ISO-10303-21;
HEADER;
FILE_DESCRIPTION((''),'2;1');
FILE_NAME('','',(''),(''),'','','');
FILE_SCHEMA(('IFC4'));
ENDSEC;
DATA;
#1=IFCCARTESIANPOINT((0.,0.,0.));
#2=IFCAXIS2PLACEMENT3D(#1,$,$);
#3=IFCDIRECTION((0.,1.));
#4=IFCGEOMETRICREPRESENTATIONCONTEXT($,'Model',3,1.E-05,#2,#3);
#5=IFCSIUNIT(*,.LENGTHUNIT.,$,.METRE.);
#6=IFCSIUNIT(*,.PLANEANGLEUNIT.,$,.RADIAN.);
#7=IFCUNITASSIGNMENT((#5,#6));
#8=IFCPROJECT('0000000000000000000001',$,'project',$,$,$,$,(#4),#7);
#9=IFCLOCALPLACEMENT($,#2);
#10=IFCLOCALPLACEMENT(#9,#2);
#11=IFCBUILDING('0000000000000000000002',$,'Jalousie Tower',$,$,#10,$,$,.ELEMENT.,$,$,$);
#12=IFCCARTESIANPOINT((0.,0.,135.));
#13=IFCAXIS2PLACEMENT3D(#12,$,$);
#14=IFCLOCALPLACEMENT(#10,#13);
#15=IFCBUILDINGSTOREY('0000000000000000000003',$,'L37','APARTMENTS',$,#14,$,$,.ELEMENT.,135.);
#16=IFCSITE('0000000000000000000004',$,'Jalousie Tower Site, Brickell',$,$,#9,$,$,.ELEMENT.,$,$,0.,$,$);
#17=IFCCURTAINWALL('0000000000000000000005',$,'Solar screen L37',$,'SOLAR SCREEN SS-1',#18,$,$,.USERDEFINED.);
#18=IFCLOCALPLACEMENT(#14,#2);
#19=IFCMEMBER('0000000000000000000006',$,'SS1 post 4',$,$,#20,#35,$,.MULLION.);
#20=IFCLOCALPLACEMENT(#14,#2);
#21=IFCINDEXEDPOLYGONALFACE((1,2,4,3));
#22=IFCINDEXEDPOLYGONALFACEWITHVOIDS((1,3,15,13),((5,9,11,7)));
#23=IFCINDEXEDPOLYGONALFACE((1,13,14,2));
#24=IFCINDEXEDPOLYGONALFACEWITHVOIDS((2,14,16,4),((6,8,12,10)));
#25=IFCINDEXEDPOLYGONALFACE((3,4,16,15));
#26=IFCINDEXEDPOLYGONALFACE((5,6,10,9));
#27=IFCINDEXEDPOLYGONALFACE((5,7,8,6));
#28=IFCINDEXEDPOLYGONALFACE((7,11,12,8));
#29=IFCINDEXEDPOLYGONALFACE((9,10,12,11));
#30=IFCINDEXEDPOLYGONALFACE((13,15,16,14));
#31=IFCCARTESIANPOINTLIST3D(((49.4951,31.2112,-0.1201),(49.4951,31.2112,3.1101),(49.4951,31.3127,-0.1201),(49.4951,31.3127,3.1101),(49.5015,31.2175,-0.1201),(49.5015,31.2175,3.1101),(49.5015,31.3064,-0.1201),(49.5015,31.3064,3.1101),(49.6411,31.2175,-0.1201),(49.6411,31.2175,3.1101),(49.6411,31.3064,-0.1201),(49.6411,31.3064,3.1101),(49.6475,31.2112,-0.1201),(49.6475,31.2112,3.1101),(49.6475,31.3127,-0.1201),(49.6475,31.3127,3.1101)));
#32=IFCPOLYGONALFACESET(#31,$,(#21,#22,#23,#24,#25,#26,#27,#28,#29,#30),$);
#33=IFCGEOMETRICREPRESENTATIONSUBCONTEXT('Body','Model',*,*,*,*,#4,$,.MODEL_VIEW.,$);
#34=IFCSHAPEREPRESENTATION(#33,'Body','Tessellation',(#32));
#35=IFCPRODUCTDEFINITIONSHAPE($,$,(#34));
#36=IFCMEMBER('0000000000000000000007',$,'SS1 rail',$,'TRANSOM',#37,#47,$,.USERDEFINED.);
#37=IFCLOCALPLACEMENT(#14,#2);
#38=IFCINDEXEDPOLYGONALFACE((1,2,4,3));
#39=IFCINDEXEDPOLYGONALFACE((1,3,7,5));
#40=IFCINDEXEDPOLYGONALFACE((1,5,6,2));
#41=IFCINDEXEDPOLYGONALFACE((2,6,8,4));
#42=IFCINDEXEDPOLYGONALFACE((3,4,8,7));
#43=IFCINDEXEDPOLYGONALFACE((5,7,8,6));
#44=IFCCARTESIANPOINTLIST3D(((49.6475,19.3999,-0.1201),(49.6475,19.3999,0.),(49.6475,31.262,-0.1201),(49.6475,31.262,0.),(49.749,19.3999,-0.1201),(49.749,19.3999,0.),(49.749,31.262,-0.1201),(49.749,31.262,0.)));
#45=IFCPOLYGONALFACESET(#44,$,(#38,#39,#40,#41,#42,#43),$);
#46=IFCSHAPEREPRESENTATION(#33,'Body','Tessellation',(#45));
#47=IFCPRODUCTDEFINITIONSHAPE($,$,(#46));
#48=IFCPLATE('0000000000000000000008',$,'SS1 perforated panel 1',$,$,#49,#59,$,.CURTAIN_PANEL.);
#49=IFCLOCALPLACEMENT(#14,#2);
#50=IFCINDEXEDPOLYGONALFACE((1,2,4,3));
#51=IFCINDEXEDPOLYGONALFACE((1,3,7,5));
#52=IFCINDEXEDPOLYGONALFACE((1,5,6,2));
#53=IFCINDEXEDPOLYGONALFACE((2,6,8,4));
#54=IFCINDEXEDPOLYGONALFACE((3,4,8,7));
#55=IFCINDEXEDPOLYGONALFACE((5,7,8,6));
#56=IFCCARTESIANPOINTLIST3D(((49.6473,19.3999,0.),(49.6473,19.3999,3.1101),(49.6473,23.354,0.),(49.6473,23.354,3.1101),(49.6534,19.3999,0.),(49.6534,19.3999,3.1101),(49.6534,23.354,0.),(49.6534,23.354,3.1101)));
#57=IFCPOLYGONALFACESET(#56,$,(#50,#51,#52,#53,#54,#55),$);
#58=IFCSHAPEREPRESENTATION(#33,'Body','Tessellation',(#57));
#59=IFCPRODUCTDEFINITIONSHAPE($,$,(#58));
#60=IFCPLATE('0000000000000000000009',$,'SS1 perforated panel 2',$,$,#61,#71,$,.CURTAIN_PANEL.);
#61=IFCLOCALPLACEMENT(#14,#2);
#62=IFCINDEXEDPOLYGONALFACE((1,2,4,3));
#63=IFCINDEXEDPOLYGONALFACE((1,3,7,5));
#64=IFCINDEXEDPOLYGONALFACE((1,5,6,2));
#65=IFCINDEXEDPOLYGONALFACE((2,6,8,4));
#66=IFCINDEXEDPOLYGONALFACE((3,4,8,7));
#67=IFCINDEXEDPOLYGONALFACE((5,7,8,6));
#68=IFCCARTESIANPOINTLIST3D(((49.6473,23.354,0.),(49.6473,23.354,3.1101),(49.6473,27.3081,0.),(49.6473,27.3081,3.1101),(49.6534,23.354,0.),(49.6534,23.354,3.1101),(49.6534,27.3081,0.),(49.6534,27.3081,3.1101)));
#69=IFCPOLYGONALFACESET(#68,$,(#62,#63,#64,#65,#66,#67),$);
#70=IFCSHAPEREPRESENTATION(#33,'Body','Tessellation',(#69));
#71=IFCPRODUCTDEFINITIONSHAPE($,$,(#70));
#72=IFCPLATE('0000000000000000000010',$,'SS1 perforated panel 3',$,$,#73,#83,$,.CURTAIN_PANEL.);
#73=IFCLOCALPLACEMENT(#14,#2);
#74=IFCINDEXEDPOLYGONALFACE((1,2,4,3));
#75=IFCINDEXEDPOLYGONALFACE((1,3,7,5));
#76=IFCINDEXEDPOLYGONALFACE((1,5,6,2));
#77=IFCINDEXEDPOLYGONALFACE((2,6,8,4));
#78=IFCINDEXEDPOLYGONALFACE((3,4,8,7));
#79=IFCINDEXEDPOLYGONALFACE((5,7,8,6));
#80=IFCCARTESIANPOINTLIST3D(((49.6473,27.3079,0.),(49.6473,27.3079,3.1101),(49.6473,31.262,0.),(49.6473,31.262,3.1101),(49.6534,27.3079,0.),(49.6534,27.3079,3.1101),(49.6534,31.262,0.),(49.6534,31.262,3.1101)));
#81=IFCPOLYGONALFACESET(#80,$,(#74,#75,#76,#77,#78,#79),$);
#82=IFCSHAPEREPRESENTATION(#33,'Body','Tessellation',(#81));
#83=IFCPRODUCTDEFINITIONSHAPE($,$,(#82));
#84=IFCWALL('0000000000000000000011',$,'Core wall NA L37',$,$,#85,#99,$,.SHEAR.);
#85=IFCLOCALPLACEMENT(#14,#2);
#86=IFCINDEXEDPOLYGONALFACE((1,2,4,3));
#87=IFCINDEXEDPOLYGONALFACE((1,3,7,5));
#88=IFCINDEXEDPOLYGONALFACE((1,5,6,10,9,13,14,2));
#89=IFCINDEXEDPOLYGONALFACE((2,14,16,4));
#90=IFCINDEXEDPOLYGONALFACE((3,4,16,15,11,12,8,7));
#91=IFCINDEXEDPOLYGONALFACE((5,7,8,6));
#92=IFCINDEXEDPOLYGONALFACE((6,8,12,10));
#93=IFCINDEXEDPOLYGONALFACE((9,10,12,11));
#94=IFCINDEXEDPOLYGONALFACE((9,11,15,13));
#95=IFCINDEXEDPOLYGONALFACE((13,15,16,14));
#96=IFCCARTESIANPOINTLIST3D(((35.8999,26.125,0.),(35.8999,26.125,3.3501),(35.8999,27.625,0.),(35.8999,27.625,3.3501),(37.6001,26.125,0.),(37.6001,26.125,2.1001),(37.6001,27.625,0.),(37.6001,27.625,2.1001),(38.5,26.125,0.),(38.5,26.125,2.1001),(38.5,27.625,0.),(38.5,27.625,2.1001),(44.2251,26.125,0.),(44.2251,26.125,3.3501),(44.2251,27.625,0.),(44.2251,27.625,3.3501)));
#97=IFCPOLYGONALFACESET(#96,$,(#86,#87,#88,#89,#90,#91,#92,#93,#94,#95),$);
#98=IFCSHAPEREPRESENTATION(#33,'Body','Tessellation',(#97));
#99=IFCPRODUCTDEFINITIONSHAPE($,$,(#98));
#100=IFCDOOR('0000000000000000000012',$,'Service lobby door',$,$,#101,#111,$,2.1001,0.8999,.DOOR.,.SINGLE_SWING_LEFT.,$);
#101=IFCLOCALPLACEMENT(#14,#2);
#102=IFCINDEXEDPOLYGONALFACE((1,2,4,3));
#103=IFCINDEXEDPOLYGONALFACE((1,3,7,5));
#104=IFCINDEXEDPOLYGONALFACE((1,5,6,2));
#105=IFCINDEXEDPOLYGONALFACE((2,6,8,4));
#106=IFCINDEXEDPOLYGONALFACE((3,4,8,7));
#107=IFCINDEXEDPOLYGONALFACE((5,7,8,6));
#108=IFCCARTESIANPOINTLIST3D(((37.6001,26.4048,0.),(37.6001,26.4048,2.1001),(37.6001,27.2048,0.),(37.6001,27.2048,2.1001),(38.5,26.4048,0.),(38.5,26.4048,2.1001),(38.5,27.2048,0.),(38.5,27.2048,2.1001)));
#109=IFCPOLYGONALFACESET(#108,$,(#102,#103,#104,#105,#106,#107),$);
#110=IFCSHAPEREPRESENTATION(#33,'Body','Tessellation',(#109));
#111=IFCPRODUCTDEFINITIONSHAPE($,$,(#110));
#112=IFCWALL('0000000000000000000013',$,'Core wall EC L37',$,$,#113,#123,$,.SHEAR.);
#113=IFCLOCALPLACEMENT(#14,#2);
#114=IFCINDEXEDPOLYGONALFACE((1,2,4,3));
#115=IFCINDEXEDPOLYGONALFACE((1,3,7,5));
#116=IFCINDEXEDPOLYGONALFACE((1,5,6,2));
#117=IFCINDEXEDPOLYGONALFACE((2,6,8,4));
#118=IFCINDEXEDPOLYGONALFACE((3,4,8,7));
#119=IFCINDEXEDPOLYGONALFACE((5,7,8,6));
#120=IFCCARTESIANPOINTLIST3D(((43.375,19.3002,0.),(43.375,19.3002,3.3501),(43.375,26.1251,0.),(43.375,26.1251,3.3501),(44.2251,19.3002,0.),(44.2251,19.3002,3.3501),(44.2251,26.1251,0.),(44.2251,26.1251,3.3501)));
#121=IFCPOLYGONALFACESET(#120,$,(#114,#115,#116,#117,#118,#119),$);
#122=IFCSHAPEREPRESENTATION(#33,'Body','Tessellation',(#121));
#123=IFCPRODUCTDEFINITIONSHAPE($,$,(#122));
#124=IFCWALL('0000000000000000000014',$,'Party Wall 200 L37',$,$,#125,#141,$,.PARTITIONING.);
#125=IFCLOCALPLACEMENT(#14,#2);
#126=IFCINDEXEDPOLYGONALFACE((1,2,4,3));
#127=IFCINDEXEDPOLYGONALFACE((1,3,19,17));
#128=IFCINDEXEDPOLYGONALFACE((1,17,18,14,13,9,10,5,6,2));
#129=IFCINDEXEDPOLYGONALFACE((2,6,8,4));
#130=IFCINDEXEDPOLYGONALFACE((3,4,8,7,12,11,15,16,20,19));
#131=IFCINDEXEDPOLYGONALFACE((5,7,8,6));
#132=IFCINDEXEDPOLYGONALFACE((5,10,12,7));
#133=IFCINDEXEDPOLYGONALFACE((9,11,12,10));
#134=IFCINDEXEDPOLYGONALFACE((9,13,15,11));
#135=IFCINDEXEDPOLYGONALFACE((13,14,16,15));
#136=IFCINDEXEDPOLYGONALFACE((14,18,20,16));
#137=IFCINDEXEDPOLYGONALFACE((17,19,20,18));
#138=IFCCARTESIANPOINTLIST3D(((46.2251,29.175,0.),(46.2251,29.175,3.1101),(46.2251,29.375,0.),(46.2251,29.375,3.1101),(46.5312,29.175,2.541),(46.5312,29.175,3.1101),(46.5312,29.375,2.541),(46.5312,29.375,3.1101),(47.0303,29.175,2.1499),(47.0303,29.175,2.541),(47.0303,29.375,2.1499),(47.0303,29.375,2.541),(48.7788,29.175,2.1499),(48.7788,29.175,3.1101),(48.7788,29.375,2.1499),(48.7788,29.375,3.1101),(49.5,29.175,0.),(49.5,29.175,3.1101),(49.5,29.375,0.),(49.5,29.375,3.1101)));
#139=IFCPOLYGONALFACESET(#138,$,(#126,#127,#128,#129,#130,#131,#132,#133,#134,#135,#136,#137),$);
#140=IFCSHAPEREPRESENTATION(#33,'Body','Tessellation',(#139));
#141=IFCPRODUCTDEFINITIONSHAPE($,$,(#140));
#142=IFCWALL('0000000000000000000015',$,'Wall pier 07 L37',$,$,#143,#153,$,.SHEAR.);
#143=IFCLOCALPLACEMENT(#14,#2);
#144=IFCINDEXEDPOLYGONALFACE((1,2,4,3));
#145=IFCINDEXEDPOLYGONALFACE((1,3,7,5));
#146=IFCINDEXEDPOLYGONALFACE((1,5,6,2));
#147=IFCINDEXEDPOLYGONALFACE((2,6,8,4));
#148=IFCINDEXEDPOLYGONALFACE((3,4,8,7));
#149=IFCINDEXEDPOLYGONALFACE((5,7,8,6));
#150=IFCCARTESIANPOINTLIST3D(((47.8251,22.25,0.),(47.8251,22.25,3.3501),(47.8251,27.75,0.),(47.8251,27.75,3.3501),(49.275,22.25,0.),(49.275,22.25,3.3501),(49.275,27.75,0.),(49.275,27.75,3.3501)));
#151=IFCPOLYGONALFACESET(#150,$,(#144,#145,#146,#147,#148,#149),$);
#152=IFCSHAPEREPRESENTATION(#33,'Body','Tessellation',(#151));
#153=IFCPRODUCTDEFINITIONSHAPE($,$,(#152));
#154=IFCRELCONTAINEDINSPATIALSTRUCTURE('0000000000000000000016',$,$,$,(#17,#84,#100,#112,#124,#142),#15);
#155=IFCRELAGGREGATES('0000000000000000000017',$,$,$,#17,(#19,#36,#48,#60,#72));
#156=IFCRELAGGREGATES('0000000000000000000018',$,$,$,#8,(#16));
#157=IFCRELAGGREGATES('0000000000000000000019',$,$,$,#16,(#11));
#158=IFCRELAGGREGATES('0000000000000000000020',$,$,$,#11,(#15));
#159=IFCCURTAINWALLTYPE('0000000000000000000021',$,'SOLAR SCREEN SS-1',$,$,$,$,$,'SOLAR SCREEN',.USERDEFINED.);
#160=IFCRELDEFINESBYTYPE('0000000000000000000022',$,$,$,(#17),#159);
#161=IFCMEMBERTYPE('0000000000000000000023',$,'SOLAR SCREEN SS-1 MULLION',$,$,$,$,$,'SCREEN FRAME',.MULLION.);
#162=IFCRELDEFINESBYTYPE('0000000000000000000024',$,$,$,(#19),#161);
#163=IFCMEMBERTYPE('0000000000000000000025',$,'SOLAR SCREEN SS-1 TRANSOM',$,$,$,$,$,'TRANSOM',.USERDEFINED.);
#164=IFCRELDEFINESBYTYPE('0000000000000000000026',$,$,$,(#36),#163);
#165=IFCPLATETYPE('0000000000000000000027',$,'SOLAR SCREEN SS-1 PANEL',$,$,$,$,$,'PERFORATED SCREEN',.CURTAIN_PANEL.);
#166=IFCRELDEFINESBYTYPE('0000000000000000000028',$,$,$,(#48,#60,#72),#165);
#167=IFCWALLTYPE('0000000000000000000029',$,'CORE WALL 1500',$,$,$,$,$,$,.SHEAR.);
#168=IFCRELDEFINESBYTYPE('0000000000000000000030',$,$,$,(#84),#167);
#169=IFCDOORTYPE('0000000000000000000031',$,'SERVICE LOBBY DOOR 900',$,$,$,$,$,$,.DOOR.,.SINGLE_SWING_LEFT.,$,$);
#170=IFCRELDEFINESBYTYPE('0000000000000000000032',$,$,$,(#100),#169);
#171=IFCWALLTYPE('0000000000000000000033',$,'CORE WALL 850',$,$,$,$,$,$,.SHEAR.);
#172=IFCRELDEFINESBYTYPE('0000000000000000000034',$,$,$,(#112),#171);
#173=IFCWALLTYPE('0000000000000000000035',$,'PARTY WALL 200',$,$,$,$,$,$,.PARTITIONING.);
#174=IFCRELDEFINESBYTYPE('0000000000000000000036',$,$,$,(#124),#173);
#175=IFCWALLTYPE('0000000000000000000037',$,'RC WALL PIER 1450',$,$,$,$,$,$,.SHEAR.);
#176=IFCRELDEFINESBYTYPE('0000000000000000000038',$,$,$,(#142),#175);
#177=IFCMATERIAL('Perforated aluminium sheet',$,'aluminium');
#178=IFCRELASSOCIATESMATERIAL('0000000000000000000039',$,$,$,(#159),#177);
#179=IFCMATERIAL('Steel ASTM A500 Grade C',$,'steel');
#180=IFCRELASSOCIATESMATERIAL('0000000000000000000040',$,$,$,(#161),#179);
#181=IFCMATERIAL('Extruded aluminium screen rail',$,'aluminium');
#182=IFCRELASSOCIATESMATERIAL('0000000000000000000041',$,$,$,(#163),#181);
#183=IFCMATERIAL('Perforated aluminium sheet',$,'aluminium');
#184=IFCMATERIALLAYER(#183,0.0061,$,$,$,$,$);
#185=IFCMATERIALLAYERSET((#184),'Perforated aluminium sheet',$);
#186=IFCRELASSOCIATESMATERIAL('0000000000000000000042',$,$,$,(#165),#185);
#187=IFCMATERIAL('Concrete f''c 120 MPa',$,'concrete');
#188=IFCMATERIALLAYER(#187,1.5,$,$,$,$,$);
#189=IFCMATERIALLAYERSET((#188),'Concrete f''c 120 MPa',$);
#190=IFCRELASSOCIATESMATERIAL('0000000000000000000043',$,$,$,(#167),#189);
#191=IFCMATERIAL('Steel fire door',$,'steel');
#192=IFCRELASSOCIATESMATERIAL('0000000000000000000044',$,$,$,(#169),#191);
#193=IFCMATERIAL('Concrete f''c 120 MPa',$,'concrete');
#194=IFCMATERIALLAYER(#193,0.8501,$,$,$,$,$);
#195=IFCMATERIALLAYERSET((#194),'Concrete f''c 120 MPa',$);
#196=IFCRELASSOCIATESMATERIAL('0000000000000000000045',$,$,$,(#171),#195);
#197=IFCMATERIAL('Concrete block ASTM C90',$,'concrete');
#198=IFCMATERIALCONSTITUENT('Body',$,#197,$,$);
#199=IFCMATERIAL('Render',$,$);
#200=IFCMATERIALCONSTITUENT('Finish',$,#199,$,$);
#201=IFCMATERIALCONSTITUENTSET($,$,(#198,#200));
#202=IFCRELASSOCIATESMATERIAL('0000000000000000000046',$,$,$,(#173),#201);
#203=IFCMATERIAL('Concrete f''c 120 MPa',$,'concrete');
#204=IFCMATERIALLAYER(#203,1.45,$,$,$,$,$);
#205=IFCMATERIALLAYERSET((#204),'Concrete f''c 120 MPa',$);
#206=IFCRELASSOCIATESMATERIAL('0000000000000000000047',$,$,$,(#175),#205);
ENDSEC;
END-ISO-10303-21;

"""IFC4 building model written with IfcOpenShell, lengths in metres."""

from ifc_helpers import new_model, si_unit, direction, frame, frame_2d, origin, origin_2d, place, context, subcontext, project, spatial, polyline, rectangle, hollow_rectangle, outline, extrude, material, layer, layer_set, constituent, constituent_set, material_profile, profile_set, type_object, element, fill, aggregate, save


model = new_model("IFC4")

# Units and contexts
model_context = context("Model", 3, precision=1e-05, world=origin(), true_north=direction((0.0, 1.0)))
body_context = subcontext(model_context, "Body", "Model", "MODEL_VIEW")
ifc_project = project(units=[si_unit("LENGTHUNIT", "METRE"), si_unit("PLANEANGLEUNIT", "RADIAN")], contexts=[model_context])

# Site, building, storey
site_placement = place(None, origin())
site = spatial("IfcSite", under=ifc_project, at=site_placement, Name="Jalousie Tower Site, Brickell", CompositionType="ELEMENT", RefElevation=0.0)
building_placement = place(site_placement, origin())
building = spatial("IfcBuilding", under=site, at=building_placement, Name="Jalousie Tower", CompositionType="ELEMENT")
storey_placement = place(building_placement, frame((0.0, 0.0, 135.0)))
storey = spatial("IfcBuildingStorey", under=building, at=storey_placement, Name="L37", Description="APARTMENTS", CompositionType="ELEMENT", Elevation=135.0)

# Shared definitions
ifc_material_1 = material(Name="Perforated aluminium sheet", Category="aluminium")
curtain_wall_type = type_object("IfcCurtainWallType", Name="SOLAR SCREEN SS-1", ElementType="SOLAR SCREEN", PredefinedType="USERDEFINED", material=ifc_material_1)
ifc_material_2 = material(Name="Steel ASTM A500 Grade C", Category="steel")
ifc_material_profile_1 = material_profile(ifc_material_2, hollow_rectangle(XDim=0.1016, YDim=0.1523, WallThickness=0.0063, at=origin_2d()), Name="HSS6X4X1/4")
ifc_profile_set_1 = profile_set([ifc_material_profile_1], Name="Steel ASTM A500 Grade C")
member_type_1 = type_object("IfcMemberType", Name="SOLAR SCREEN SS-1 MULLION", ElementType="SCREEN FRAME", PredefinedType="MULLION", material=ifc_profile_set_1)

# Curtain wall, members, plates
curtain_wall_1_placement = place(storey_placement, origin())
curtain_wall_1 = element("IfcCurtainWall", 1, at=curtain_wall_1_placement, inside=storey, type_object=curtain_wall_type, Name="Solar screen L37", ObjectType="SOLAR SCREEN SS-1", PredefinedType="USERDEFINED")
member_1_placement = place(storey_placement, frame((49.5713, 31.262, -0.1201), z_axis=(0.0, 0.0, 1.0), x_axis=(0.0, 1.0, 0.0)))
member_1 = element("IfcMember", 2, at=member_1_placement, type_object=member_type_1, Name="SS1 post 4", PredefinedType="MULLION", context=body_context, shape_type="SweptSolid", body=[
    extrude(hollow_rectangle(XDim=0.1016, YDim=0.1523, WallThickness=0.0063, at=origin_2d()), origin(), (0.0, 0.0, 1.0), 3.2302),
])
ifc_material_3 = material(Name="Extruded aluminium screen rail", Category="aluminium")
ifc_material_profile_2 = material_profile(ifc_material_3, rectangle(XDim=0.1016, YDim=0.1201, at=origin_2d()), Name="RAIL 102x120")
ifc_profile_set_2 = profile_set([ifc_material_profile_2], Name="Extruded aluminium screen rail")
member_type_2 = type_object("IfcMemberType", Name="SOLAR SCREEN SS-1 TRANSOM", ElementType="TRANSOM", PredefinedType="USERDEFINED", material=ifc_profile_set_2)
member_2_placement = place(storey_placement, frame((49.6982, 19.3999, -0.0601), z_axis=(0.0, 1.0, 0.0), x_axis=(-1.0, 0.0, 0.0)))
member_2 = element("IfcMember", 3, at=member_2_placement, type_object=member_type_2, Name="SS1 rail", ObjectType="TRANSOM", PredefinedType="USERDEFINED", context=body_context, shape_type="SweptSolid", body=[
    extrude(rectangle(XDim=0.1016, YDim=0.1201, at=origin_2d()), origin(), (0.0, 0.0, 1.0), 11.8621),
])
ifc_material_4 = material(Name="Perforated aluminium sheet", Category="aluminium")
ifc_layer_1 = layer(ifc_material_4, 0.0061)
ifc_layer_set_1 = layer_set([ifc_layer_1], Name="Perforated aluminium sheet")
plate_type = type_object("IfcPlateType", Name="SOLAR SCREEN SS-1 PANEL", ElementType="PERFORATED SCREEN", PredefinedType="CURTAIN_PANEL", material=ifc_layer_set_1)
plate_1_placement = place(storey_placement, frame((49.6504, 21.377, 0.0), z_axis=(0.0, 0.0, 1.0), x_axis=(0.0, 1.0, 0.0)))
plate_1 = element("IfcPlate", 4, at=plate_1_placement, type_object=plate_type, Name="SS1 perforated panel 1", PredefinedType="CURTAIN_PANEL", context=body_context, shape_type="SweptSolid", body=[
    extrude(rectangle(XDim=3.9541, YDim=0.0061, at=origin_2d()), origin(), (0.0, 0.0, 1.0), 3.1101),
])
plate_2_placement = place(storey_placement, frame((49.6504, 25.3311, 0.0), z_axis=(0.0, 0.0, 1.0), x_axis=(0.0, 1.0, 0.0)))
plate_2 = element("IfcPlate", 5, at=plate_2_placement, type_object=plate_type, Name="SS1 perforated panel 2", PredefinedType="CURTAIN_PANEL", context=body_context, shape_type="SweptSolid", body=[
    extrude(rectangle(XDim=3.9541, YDim=0.0061, at=origin_2d()), origin(), (0.0, 0.0, 1.0), 3.1101),
])
plate_3_placement = place(storey_placement, frame((49.6504, 29.2849, 0.0), z_axis=(0.0, 0.0, 1.0), x_axis=(0.0, 1.0, 0.0)))
plate_3 = element("IfcPlate", 6, at=plate_3_placement, type_object=plate_type, Name="SS1 perforated panel 3", PredefinedType="CURTAIN_PANEL", context=body_context, shape_type="SweptSolid", body=[
    extrude(rectangle(XDim=3.9541, YDim=0.0061, at=origin_2d()), origin(), (0.0, 0.0, 1.0), 3.1101),
])
aggregate(curtain_wall_1, [member_1, member_2, plate_1, plate_2, plate_3])

# Wall, opening, door
ifc_material_5 = material(Name="Concrete f'c 120 MPa", Category="concrete")
ifc_layer_2 = layer(ifc_material_5, 1.5)
ifc_layer_set_2 = layer_set([ifc_layer_2], Name="Concrete f'c 120 MPa")
wall_type_1 = type_object("IfcWallType", Name="CORE WALL 1500", PredefinedType="SHEAR", material=ifc_layer_set_2)
wall_1_placement = place(storey_placement, frame((44.2251, 26.875, 0.0), z_axis=(0.0, 0.0, 1.0), x_axis=(-1.0, 0.0, 0.0)))
wall_1 = element("IfcWall", 7, at=wall_1_placement, inside=storey, type_object=wall_type_1, Name="Core wall NA L37", PredefinedType="SHEAR", context=body_context, shape_type="SweptSolid", body=[
    extrude(rectangle(XDim=8.3252, YDim=1.5, at=frame_2d((4.1626, 0.0))), origin(), (0.0, 0.0, 1.0), 3.3501),
])
opening_placement = place(wall_1_placement, frame((5.7251, 0.0, 0.0)))
opening = element("IfcOpeningElement", 8, at=opening_placement, cuts=wall_1, PredefinedType="OPENING", context=body_context, shape_type="SweptSolid", body=[
    extrude(rectangle(XDim=0.8999, YDim=2.1001, at=frame_2d((0.45, 1.05))), frame((0.0, 0.76, 0.0), z_axis=(0.0, -1.0, 0.0), x_axis=(1.0, 0.0, 0.0)), (0.0, 0.0, 1.0), 1.52),
])
ifc_material_6 = material(Name="Steel fire door", Category="steel")
door_type = type_object("IfcDoorType", Name="SERVICE LOBBY DOOR 900", OperationType="SINGLE_SWING_LEFT", PredefinedType="DOOR", material=ifc_material_6)
door_placement = place(opening_placement, origin())
door = element("IfcDoor", 9, at=door_placement, inside=storey, type_object=door_type, Name="Service lobby door", OperationType="SINGLE_SWING_LEFT", OverallHeight=2.1001, OverallWidth=0.8999, PredefinedType="DOOR", context=body_context, shape_type="SweptSolid", body=[
    extrude(rectangle(XDim=0.8999, YDim=2.1001, at=frame_2d((0.45, 1.05))), frame((0.0, 0.4702, 0.0), z_axis=(0.0, -1.0, 0.0), x_axis=(1.0, 0.0, 0.0)), (0.0, 0.0, 1.0), 0.8),
])
fill(opening, door)

# Walls
ifc_material_7 = material(Name="Concrete f'c 120 MPa", Category="concrete")
ifc_layer_3 = layer(ifc_material_7, 0.8501)
ifc_layer_set_3 = layer_set([ifc_layer_3], Name="Concrete f'c 120 MPa")
wall_type_2 = type_object("IfcWallType", Name="CORE WALL 850", PredefinedType="SHEAR", material=ifc_layer_set_3)
wall_2_placement = place(storey_placement, frame((43.8, 19.3, 0.0), z_axis=(0.0, 0.0, 1.0), x_axis=(0.0, 1.0, 0.0)))
element("IfcWall", 10, at=wall_2_placement, inside=storey, type_object=wall_type_2, Name="Core wall EC L37", PredefinedType="SHEAR", context=body_context, shape_type="SweptSolid", body=[
    extrude(rectangle(XDim=6.825, YDim=0.8501, at=frame_2d((3.4126, 0.0))), origin(), (0.0, 0.0, 1.0), 3.3501),
])
ifc_material_8 = material(Name="Concrete block ASTM C90", Category="concrete")
ifc_constituent_1 = constituent(ifc_material_8, Name="Body")
ifc_material_9 = material(Name="Render")
ifc_constituent_2 = constituent(ifc_material_9, Name="Finish")
ifc_constituent_set_1 = constituent_set(constituents=[ifc_constituent_1, ifc_constituent_2])
wall_type_3 = type_object("IfcWallType", Name="PARTY WALL 200", PredefinedType="PARTITIONING", material=ifc_constituent_set_1)
wall_3_placement = place(storey_placement, frame((46.2251, 29.2749, 0.0), z_axis=(0.0, 0.0, 1.0), x_axis=(1.0, 0.0, 0.0)))
element("IfcWall", 11, at=wall_3_placement, inside=storey, type_object=wall_type_3, Name="Party Wall 200 L37", PredefinedType="PARTITIONING", context=body_context, shape_type="SweptSolid", body=[
    extrude(outline(polyline([(0.0, 0.0), (3.2749, 0.0), (3.2749, 3.1101), (2.5537, 3.1101), (2.5537, 2.1499), (0.8052, 2.1499), (0.8052, 2.541), (0.3062, 2.541), (0.3062, 3.1101), (0.0, 3.1101), (0.0, 0.0)])), frame((0.0, 0.1001, 0.0), z_axis=(0.0, -1.0, 0.0), x_axis=(1.0, 0.0, 0.0)), (0.0, 0.0, 1.0), 0.2),
])
ifc_material_10 = material(Name="Concrete f'c 120 MPa", Category="concrete")
ifc_layer_4 = layer(ifc_material_10, 1.45)
ifc_layer_set_4 = layer_set([ifc_layer_4], Name="Concrete f'c 120 MPa")
wall_type_4 = type_object("IfcWallType", Name="RC WALL PIER 1450", PredefinedType="SHEAR", material=ifc_layer_set_4)
wall_4_placement = place(storey_placement, frame((48.55, 22.25, 0.0), z_axis=(0.0, 0.0, 1.0), x_axis=(0.0, 1.0, 0.0)))
element("IfcWall", 12, at=wall_4_placement, inside=storey, type_object=wall_type_4, Name="Wall pier 07 L37", PredefinedType="SHEAR", context=body_context, shape_type="SweptSolid", body=[
    extrude(rectangle(XDim=5.5, YDim=1.45, at=frame_2d((2.75, 0.0))), origin(), (0.0, 0.0, 1.0), 3.3501),
])

save(model, "model.ifc")
